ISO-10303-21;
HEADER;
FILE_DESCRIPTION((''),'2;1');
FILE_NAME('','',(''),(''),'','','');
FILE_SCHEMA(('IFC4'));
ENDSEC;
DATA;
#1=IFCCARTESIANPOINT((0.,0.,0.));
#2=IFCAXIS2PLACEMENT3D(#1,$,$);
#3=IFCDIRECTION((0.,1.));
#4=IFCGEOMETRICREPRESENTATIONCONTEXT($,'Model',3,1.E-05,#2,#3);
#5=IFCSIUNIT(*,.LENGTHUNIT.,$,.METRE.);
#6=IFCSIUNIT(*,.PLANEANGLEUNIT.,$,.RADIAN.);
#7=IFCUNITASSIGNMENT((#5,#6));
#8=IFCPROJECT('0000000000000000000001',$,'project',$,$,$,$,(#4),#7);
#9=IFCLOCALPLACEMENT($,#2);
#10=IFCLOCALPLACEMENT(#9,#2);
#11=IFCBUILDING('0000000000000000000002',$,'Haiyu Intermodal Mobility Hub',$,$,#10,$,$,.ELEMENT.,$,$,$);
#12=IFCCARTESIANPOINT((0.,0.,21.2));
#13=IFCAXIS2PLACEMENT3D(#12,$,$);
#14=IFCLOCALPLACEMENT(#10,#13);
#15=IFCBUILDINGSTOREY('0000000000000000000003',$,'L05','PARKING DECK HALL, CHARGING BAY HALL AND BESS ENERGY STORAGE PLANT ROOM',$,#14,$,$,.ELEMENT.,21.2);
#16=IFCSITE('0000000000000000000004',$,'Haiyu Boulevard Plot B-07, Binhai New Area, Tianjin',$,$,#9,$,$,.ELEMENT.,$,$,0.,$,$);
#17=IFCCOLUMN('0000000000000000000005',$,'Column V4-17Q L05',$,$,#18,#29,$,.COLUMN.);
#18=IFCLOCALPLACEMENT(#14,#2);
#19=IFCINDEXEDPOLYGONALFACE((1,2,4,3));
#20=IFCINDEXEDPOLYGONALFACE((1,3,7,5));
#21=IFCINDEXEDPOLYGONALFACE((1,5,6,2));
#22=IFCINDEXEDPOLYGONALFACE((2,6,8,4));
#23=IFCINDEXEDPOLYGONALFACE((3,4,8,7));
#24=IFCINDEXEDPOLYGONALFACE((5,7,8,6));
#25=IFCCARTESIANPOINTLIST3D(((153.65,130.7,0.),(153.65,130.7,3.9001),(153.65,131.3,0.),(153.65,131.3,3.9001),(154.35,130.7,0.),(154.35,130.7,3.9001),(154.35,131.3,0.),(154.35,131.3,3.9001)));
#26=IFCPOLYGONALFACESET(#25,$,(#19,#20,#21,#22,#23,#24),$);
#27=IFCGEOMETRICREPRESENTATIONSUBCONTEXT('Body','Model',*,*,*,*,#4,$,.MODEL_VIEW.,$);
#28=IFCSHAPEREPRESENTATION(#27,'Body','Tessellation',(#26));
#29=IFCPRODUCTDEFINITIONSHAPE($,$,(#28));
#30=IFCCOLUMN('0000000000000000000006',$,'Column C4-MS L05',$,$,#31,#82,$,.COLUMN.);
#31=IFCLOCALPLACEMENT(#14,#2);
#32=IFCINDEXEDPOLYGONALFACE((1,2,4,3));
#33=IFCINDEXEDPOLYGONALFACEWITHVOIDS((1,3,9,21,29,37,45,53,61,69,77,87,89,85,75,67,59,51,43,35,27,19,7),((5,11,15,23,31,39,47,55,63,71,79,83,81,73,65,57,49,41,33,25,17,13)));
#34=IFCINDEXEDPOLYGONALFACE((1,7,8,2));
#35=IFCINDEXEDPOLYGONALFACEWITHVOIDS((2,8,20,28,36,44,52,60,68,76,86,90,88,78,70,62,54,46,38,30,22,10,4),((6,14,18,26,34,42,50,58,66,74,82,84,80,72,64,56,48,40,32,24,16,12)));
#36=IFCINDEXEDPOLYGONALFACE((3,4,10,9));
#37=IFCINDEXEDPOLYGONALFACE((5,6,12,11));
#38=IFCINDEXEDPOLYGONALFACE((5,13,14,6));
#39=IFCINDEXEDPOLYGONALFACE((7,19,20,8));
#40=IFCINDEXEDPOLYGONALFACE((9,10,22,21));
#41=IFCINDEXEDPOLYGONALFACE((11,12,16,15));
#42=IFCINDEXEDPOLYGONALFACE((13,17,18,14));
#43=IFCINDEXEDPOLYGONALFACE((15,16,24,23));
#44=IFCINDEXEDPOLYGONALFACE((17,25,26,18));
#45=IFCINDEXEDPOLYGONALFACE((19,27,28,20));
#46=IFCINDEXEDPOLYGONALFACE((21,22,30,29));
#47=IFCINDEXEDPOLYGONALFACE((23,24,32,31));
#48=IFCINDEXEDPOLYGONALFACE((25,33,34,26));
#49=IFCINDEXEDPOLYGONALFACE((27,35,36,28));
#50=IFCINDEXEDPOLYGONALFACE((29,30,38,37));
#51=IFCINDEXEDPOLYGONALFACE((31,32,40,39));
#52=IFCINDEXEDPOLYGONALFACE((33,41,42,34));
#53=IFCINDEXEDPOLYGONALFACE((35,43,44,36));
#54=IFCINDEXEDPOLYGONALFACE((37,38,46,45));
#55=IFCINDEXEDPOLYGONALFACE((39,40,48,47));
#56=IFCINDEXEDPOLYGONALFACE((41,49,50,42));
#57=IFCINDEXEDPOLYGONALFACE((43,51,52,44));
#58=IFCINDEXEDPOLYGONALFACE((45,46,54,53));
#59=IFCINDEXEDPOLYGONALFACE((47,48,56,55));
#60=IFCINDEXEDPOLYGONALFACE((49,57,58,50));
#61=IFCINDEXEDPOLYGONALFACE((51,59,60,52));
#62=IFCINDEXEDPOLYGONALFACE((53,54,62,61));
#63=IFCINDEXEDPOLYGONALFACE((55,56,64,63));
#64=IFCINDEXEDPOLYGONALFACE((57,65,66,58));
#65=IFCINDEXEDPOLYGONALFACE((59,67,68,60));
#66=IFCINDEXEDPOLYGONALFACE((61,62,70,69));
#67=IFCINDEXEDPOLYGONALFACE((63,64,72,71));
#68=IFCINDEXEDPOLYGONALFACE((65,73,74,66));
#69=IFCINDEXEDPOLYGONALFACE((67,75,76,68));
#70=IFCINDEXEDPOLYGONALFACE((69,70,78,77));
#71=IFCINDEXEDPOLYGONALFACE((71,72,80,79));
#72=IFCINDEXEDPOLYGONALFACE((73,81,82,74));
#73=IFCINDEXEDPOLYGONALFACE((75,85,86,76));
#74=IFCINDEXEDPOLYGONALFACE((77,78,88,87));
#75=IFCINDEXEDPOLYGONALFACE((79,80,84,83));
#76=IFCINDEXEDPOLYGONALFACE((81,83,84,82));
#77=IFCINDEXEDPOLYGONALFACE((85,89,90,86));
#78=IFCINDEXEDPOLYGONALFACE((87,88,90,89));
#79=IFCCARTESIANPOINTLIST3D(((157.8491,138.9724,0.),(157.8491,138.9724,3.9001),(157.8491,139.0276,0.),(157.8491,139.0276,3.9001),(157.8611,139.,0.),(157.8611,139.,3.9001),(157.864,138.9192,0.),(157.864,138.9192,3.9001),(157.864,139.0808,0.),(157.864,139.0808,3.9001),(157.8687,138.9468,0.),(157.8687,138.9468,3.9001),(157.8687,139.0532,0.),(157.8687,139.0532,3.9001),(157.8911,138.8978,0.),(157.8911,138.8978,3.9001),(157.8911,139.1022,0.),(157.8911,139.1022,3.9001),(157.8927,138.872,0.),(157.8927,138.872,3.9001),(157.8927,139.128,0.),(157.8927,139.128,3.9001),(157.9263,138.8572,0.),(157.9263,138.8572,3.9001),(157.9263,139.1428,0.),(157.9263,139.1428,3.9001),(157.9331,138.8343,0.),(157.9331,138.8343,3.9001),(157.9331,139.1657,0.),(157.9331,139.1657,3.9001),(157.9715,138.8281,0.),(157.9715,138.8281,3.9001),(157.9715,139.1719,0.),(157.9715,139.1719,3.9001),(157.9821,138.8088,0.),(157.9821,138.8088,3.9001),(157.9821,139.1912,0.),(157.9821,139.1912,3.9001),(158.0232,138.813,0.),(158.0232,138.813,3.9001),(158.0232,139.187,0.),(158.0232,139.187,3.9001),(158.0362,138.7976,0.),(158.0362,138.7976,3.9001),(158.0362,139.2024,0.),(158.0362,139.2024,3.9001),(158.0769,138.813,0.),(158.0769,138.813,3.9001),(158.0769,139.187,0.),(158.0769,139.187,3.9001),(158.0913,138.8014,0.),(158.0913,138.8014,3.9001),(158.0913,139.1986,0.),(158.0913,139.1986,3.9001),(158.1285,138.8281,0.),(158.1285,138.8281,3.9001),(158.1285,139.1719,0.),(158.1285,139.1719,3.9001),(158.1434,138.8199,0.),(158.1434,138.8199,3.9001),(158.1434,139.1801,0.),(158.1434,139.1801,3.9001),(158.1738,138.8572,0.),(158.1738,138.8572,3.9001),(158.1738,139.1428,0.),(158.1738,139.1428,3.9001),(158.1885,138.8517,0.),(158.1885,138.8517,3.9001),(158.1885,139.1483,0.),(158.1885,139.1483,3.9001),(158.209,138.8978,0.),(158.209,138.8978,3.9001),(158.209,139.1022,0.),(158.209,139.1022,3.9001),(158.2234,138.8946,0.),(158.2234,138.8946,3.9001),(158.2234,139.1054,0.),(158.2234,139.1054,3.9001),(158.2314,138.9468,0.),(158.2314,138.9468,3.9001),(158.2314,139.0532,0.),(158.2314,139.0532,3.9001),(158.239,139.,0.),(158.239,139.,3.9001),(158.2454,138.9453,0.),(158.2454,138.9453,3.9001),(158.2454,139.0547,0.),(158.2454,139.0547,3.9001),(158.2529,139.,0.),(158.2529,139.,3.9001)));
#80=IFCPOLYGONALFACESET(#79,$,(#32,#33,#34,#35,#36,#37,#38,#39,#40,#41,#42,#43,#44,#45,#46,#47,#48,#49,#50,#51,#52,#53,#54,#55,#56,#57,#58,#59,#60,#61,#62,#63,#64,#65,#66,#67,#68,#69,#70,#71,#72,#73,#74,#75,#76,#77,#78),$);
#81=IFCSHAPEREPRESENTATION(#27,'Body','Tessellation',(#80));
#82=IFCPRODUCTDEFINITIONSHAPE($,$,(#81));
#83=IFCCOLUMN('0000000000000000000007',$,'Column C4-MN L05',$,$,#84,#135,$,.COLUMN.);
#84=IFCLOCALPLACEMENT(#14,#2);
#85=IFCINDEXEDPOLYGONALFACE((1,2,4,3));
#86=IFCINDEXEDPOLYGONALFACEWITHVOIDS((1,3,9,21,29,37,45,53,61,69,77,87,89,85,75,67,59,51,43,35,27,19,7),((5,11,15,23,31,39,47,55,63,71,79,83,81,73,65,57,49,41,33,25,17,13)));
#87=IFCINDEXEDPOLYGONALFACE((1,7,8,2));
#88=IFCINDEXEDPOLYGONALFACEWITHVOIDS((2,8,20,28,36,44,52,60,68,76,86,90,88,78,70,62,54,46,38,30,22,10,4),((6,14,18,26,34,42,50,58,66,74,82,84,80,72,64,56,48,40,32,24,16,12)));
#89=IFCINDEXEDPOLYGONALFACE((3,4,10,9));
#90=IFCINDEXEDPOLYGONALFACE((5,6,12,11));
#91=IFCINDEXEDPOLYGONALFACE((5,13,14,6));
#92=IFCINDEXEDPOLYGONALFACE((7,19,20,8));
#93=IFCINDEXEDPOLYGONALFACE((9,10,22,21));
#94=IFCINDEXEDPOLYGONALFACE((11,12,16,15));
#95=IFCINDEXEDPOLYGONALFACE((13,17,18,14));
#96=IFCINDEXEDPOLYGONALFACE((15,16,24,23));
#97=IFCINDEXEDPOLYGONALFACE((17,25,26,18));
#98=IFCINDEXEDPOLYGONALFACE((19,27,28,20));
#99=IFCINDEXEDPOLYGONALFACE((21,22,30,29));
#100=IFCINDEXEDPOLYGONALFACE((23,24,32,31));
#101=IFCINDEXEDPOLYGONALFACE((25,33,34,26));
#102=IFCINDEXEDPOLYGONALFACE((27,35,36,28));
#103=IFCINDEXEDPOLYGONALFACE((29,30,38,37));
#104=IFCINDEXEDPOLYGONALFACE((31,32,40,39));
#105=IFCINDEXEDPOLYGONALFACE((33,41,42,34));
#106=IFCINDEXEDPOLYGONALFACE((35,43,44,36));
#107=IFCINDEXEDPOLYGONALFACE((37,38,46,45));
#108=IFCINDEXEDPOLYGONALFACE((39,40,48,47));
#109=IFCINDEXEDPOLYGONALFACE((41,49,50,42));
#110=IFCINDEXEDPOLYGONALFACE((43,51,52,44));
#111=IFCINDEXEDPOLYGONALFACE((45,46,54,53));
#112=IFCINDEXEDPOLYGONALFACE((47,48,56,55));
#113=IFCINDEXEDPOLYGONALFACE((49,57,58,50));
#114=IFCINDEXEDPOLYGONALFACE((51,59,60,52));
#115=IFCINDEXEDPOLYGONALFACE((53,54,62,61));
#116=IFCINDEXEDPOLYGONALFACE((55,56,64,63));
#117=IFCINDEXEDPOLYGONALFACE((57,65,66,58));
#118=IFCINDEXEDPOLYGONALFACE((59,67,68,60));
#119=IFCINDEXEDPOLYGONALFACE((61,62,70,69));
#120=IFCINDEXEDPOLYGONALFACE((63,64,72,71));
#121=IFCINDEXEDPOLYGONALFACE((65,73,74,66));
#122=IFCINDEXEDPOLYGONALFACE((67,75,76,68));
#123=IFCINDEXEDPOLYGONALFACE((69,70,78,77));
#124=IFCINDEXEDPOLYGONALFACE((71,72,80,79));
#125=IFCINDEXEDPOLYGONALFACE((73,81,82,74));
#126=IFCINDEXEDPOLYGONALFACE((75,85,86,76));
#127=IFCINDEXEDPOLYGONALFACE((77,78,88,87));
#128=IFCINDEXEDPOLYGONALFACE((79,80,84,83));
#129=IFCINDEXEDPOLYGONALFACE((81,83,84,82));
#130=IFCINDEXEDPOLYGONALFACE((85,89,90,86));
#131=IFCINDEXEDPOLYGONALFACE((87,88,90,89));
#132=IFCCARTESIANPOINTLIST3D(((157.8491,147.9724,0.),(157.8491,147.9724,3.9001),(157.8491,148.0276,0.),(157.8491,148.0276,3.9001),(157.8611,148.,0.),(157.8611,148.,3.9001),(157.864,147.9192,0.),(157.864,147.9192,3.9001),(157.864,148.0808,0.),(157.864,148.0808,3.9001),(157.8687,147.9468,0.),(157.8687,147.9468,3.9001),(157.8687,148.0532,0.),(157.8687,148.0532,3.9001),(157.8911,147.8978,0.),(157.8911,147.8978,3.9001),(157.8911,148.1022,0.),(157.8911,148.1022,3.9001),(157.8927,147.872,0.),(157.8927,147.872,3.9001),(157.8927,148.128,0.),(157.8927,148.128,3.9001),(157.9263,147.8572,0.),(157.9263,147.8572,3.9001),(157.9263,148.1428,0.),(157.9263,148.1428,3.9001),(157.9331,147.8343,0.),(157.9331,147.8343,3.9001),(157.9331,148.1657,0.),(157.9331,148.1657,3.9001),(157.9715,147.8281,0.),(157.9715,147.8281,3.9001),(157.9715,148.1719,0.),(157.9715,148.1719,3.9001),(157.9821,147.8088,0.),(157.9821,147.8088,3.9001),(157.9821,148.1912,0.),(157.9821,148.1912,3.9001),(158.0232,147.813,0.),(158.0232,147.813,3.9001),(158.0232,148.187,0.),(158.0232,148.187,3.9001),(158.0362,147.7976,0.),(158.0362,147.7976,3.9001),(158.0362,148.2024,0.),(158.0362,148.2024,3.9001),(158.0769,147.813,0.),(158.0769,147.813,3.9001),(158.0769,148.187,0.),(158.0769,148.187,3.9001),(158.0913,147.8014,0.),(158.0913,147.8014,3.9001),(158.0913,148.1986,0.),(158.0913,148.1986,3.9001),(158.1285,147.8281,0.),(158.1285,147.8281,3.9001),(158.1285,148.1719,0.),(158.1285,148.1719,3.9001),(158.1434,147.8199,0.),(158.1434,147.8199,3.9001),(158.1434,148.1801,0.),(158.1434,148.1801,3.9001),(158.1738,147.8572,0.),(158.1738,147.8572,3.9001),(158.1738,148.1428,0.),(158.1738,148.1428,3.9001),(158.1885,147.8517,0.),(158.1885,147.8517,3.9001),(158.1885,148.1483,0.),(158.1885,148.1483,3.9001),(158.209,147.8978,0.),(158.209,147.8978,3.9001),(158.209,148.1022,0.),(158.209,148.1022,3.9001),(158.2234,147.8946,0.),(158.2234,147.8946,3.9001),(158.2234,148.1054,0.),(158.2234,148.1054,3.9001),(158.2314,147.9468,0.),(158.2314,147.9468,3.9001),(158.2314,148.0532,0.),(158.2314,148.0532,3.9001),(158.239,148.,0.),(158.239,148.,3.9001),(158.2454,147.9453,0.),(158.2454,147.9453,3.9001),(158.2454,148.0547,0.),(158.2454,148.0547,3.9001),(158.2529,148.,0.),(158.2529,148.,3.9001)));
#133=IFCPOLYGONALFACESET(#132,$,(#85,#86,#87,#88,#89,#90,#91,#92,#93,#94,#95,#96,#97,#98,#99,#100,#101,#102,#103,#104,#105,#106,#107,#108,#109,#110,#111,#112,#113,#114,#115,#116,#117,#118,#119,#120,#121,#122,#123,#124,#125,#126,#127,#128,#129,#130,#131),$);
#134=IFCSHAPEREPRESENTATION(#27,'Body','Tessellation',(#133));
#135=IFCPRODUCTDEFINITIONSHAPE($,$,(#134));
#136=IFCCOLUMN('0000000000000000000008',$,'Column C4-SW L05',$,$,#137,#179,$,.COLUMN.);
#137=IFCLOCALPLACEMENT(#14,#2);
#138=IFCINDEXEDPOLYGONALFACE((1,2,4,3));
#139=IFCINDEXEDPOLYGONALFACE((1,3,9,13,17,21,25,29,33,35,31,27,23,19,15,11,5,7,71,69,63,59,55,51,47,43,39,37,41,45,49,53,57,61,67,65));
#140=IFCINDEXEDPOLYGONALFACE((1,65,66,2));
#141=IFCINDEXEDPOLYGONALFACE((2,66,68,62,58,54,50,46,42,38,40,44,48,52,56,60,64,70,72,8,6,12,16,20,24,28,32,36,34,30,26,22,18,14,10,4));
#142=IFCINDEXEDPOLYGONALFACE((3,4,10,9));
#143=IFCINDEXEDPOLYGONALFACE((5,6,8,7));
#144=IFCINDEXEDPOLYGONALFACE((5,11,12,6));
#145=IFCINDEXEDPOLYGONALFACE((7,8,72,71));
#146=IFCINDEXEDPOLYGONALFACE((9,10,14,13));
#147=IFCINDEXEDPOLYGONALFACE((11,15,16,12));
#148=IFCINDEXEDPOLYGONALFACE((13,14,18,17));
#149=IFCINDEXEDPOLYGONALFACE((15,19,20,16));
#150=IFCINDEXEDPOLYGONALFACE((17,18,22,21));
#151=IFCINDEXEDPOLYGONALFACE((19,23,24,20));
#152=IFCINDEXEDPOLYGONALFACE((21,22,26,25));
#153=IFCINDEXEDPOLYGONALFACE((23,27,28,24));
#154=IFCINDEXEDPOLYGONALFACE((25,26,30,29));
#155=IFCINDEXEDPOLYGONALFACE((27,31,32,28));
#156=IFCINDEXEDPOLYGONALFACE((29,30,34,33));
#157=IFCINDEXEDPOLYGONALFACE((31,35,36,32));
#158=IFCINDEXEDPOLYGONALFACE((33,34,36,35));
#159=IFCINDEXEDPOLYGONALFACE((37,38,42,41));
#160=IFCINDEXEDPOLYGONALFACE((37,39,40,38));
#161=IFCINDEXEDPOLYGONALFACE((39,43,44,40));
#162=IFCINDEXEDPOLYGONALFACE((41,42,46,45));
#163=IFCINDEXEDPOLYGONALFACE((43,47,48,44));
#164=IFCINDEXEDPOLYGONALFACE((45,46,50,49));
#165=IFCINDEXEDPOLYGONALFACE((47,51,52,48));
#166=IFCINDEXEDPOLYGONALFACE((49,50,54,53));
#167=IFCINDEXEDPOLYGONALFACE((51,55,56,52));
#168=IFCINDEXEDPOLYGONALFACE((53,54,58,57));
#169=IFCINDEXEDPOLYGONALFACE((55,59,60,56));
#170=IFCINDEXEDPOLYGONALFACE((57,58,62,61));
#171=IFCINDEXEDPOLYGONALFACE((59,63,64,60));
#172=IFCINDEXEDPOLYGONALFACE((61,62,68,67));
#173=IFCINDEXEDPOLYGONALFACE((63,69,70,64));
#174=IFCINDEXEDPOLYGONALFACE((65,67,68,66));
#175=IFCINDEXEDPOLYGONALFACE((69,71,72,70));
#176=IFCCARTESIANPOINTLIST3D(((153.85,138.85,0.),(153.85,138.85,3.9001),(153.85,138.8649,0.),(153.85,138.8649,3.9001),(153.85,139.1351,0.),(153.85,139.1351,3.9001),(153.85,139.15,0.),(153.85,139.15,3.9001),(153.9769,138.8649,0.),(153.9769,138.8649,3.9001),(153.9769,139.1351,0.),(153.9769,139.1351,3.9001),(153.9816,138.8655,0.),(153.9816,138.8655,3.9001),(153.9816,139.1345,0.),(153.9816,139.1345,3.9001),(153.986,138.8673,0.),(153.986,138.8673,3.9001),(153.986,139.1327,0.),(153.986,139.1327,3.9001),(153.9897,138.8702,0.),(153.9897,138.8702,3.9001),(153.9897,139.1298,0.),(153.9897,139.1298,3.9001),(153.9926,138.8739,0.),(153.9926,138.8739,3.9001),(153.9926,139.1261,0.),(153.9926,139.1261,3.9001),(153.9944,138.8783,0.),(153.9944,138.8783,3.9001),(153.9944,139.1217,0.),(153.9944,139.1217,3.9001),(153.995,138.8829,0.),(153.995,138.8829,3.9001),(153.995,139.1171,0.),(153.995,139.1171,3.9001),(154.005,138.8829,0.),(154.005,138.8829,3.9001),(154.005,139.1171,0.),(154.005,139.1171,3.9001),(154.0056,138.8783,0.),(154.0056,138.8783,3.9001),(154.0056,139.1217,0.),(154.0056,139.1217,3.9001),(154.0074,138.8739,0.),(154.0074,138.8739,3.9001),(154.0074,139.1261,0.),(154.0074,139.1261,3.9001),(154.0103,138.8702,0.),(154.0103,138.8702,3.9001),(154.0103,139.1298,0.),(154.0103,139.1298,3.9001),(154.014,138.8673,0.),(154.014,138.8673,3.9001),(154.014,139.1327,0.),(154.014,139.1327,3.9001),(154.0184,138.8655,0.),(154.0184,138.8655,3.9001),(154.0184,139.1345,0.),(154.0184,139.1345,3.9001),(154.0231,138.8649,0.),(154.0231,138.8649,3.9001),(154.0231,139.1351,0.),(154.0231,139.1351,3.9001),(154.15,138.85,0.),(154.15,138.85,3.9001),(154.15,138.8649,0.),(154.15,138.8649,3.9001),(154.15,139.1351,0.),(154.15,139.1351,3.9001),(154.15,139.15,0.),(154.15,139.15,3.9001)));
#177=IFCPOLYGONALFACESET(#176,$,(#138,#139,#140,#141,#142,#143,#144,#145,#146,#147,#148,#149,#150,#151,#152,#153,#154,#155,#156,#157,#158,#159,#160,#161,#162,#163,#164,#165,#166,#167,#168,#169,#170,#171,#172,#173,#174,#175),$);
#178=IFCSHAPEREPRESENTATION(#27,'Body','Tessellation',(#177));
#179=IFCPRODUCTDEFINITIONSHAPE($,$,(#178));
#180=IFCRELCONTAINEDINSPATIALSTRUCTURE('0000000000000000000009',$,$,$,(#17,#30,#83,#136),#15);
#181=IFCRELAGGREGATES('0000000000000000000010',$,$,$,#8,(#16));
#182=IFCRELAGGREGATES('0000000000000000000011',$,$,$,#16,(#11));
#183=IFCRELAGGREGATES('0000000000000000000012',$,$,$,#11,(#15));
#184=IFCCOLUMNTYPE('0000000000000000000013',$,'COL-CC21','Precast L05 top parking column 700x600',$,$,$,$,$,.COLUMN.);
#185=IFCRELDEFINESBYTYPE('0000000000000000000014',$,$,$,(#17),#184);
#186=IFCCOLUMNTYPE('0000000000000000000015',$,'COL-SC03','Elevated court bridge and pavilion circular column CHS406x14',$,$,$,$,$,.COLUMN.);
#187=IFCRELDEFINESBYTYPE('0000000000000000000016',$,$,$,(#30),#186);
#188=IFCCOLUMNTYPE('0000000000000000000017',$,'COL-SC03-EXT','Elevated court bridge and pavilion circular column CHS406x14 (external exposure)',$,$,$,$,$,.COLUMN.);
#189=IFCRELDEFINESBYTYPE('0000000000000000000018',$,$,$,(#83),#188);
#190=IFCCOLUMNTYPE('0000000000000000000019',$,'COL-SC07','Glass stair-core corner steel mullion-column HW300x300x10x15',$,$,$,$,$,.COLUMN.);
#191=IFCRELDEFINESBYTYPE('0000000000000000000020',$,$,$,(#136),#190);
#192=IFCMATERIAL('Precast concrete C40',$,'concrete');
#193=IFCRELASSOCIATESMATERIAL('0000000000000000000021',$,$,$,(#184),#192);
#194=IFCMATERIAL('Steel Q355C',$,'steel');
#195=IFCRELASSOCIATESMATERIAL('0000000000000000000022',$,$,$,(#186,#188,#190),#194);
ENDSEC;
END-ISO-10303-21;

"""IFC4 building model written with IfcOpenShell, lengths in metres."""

from ifc_helpers import new_model, si_unit, direction, frame, origin, origin_2d, place, context, subcontext, project, spatial, rectangle, hollow_circle, i_section, extrude, material, material_profile, profile_set, type_object, element, save


model = new_model("IFC4")

# Units and contexts
model_context = context("Model", 3, precision=1e-05, world=origin(), true_north=direction((0.0, 1.0)))
body_context = subcontext(model_context, "Body", "Model", "MODEL_VIEW")
ifc_project = project(units=[si_unit("LENGTHUNIT", "METRE"), si_unit("PLANEANGLEUNIT", "RADIAN")], contexts=[model_context])

# Site, building, storey
site_placement = place(None, origin())
site = spatial("IfcSite", under=ifc_project, at=site_placement, Name="Haiyu Boulevard Plot B-07, Binhai New Area, Tianjin", CompositionType="ELEMENT", RefElevation=0.0)
building_placement = place(site_placement, origin())
building = spatial("IfcBuilding", under=site, at=building_placement, Name="Haiyu Intermodal Mobility Hub", CompositionType="ELEMENT")
storey_placement = place(building_placement, frame((0.0, 0.0, 21.2)))
storey = spatial("IfcBuildingStorey", under=building, at=storey_placement, Name="L05", Description="PARKING DECK HALL, CHARGING BAY HALL AND BESS ENERGY STORAGE PLANT ROOM", CompositionType="ELEMENT", Elevation=21.2)

# Columns
ifc_material_1 = material(Name="Precast concrete C40", Category="concrete")
ifc_material_profile_1 = material_profile(ifc_material_1, rectangle(XDim=0.7, YDim=0.6001, at=origin_2d()), Name="C700x600")
ifc_profile_set_1 = profile_set([ifc_material_profile_1], Name="Precast concrete C40")
column_type_1 = type_object("IfcColumnType", Name="COL-CC21", Description="Precast L05 top parking column 700x600", PredefinedType="COLUMN", material=ifc_profile_set_1)
column_1_placement = place(storey_placement, frame((154.0, 131.0, 0.0), z_axis=(0.0, 0.0, 1.0), x_axis=(1.0, 0.0, 0.0)))
element("IfcColumn", 1, at=column_1_placement, inside=storey, type_object=column_type_1, Name="Column V4-17Q L05", PredefinedType="COLUMN", context=body_context, shape_type="SweptSolid", body=[
    extrude(rectangle(XDim=0.7, YDim=0.6001, at=origin_2d()), origin(), (0.0, 0.0, 1.0), 3.9001),
])
ifc_material_2 = material(Name="Steel Q355C", Category="steel")
ifc_material_profile_2 = material_profile(ifc_material_2, hollow_circle(Radius=0.2029, WallThickness=0.0139, at=origin_2d()), Name="CHS406x14")
ifc_profile_set_2 = profile_set([ifc_material_profile_2], Name="Steel Q355C")
column_type_2 = type_object("IfcColumnType", Name="COL-SC03", Description="Elevated court bridge and pavilion circular column CHS406x14", PredefinedType="COLUMN", material=ifc_profile_set_2)
column_2_placement = place(storey_placement, frame((158.05, 139.0, 0.0), z_axis=(0.0, 0.0, 1.0), x_axis=(1.0, 0.0, 0.0)))
element("IfcColumn", 2, at=column_2_placement, inside=storey, type_object=column_type_2, Name="Column C4-MS L05", PredefinedType="COLUMN", context=body_context, shape_type="SweptSolid", body=[
    extrude(hollow_circle(Radius=0.2029, WallThickness=0.0139, at=origin_2d()), origin(), (0.0, 0.0, 1.0), 3.9001),
])
ifc_material_profile_3 = material_profile(ifc_material_2, hollow_circle(Radius=0.2029, WallThickness=0.0139, at=origin_2d()), Name="CHS406x14")
ifc_profile_set_3 = profile_set([ifc_material_profile_3], Name="Steel Q355C")
column_type_3 = type_object("IfcColumnType", Name="COL-SC03-EXT", Description="Elevated court bridge and pavilion circular column CHS406x14 (external exposure)", PredefinedType="COLUMN", material=ifc_profile_set_3)
column_3_placement = place(storey_placement, frame((158.05, 148.0, 0.0), z_axis=(0.0, 0.0, 1.0), x_axis=(1.0, 0.0, 0.0)))
element("IfcColumn", 3, at=column_3_placement, inside=storey, type_object=column_type_3, Name="Column C4-MN L05", PredefinedType="COLUMN", context=body_context, shape_type="SweptSolid", body=[
    extrude(hollow_circle(Radius=0.2029, WallThickness=0.0139, at=origin_2d()), origin(), (0.0, 0.0, 1.0), 3.9001),
])
ifc_material_profile_4 = material_profile(ifc_material_2, i_section(OverallWidth=0.3, OverallDepth=0.3, WebThickness=0.01, FlangeThickness=0.0149, FilletRadius=0.0181, at=origin_2d()), Name="HW300x300x10x15")
ifc_profile_set_4 = profile_set([ifc_material_profile_4], Name="Steel Q355C")
column_type_4 = type_object("IfcColumnType", Name="COL-SC07", Description="Glass stair-core corner steel mullion-column HW300x300x10x15", PredefinedType="COLUMN", material=ifc_profile_set_4)
column_4_placement = place(storey_placement, frame((154.0, 139.0, 0.0), z_axis=(0.0, 0.0, 1.0), x_axis=(1.0, 0.0, 0.0)))
element("IfcColumn", 4, at=column_4_placement, inside=storey, type_object=column_type_4, Name="Column C4-SW L05", PredefinedType="COLUMN", context=body_context, shape_type="SweptSolid", body=[
    extrude(i_section(OverallWidth=0.3, OverallDepth=0.3, WebThickness=0.01, FlangeThickness=0.0149, FilletRadius=0.0181, at=origin_2d()), origin(), (0.0, 0.0, 1.0), 3.9001),
])

save(model, "model.ifc")
